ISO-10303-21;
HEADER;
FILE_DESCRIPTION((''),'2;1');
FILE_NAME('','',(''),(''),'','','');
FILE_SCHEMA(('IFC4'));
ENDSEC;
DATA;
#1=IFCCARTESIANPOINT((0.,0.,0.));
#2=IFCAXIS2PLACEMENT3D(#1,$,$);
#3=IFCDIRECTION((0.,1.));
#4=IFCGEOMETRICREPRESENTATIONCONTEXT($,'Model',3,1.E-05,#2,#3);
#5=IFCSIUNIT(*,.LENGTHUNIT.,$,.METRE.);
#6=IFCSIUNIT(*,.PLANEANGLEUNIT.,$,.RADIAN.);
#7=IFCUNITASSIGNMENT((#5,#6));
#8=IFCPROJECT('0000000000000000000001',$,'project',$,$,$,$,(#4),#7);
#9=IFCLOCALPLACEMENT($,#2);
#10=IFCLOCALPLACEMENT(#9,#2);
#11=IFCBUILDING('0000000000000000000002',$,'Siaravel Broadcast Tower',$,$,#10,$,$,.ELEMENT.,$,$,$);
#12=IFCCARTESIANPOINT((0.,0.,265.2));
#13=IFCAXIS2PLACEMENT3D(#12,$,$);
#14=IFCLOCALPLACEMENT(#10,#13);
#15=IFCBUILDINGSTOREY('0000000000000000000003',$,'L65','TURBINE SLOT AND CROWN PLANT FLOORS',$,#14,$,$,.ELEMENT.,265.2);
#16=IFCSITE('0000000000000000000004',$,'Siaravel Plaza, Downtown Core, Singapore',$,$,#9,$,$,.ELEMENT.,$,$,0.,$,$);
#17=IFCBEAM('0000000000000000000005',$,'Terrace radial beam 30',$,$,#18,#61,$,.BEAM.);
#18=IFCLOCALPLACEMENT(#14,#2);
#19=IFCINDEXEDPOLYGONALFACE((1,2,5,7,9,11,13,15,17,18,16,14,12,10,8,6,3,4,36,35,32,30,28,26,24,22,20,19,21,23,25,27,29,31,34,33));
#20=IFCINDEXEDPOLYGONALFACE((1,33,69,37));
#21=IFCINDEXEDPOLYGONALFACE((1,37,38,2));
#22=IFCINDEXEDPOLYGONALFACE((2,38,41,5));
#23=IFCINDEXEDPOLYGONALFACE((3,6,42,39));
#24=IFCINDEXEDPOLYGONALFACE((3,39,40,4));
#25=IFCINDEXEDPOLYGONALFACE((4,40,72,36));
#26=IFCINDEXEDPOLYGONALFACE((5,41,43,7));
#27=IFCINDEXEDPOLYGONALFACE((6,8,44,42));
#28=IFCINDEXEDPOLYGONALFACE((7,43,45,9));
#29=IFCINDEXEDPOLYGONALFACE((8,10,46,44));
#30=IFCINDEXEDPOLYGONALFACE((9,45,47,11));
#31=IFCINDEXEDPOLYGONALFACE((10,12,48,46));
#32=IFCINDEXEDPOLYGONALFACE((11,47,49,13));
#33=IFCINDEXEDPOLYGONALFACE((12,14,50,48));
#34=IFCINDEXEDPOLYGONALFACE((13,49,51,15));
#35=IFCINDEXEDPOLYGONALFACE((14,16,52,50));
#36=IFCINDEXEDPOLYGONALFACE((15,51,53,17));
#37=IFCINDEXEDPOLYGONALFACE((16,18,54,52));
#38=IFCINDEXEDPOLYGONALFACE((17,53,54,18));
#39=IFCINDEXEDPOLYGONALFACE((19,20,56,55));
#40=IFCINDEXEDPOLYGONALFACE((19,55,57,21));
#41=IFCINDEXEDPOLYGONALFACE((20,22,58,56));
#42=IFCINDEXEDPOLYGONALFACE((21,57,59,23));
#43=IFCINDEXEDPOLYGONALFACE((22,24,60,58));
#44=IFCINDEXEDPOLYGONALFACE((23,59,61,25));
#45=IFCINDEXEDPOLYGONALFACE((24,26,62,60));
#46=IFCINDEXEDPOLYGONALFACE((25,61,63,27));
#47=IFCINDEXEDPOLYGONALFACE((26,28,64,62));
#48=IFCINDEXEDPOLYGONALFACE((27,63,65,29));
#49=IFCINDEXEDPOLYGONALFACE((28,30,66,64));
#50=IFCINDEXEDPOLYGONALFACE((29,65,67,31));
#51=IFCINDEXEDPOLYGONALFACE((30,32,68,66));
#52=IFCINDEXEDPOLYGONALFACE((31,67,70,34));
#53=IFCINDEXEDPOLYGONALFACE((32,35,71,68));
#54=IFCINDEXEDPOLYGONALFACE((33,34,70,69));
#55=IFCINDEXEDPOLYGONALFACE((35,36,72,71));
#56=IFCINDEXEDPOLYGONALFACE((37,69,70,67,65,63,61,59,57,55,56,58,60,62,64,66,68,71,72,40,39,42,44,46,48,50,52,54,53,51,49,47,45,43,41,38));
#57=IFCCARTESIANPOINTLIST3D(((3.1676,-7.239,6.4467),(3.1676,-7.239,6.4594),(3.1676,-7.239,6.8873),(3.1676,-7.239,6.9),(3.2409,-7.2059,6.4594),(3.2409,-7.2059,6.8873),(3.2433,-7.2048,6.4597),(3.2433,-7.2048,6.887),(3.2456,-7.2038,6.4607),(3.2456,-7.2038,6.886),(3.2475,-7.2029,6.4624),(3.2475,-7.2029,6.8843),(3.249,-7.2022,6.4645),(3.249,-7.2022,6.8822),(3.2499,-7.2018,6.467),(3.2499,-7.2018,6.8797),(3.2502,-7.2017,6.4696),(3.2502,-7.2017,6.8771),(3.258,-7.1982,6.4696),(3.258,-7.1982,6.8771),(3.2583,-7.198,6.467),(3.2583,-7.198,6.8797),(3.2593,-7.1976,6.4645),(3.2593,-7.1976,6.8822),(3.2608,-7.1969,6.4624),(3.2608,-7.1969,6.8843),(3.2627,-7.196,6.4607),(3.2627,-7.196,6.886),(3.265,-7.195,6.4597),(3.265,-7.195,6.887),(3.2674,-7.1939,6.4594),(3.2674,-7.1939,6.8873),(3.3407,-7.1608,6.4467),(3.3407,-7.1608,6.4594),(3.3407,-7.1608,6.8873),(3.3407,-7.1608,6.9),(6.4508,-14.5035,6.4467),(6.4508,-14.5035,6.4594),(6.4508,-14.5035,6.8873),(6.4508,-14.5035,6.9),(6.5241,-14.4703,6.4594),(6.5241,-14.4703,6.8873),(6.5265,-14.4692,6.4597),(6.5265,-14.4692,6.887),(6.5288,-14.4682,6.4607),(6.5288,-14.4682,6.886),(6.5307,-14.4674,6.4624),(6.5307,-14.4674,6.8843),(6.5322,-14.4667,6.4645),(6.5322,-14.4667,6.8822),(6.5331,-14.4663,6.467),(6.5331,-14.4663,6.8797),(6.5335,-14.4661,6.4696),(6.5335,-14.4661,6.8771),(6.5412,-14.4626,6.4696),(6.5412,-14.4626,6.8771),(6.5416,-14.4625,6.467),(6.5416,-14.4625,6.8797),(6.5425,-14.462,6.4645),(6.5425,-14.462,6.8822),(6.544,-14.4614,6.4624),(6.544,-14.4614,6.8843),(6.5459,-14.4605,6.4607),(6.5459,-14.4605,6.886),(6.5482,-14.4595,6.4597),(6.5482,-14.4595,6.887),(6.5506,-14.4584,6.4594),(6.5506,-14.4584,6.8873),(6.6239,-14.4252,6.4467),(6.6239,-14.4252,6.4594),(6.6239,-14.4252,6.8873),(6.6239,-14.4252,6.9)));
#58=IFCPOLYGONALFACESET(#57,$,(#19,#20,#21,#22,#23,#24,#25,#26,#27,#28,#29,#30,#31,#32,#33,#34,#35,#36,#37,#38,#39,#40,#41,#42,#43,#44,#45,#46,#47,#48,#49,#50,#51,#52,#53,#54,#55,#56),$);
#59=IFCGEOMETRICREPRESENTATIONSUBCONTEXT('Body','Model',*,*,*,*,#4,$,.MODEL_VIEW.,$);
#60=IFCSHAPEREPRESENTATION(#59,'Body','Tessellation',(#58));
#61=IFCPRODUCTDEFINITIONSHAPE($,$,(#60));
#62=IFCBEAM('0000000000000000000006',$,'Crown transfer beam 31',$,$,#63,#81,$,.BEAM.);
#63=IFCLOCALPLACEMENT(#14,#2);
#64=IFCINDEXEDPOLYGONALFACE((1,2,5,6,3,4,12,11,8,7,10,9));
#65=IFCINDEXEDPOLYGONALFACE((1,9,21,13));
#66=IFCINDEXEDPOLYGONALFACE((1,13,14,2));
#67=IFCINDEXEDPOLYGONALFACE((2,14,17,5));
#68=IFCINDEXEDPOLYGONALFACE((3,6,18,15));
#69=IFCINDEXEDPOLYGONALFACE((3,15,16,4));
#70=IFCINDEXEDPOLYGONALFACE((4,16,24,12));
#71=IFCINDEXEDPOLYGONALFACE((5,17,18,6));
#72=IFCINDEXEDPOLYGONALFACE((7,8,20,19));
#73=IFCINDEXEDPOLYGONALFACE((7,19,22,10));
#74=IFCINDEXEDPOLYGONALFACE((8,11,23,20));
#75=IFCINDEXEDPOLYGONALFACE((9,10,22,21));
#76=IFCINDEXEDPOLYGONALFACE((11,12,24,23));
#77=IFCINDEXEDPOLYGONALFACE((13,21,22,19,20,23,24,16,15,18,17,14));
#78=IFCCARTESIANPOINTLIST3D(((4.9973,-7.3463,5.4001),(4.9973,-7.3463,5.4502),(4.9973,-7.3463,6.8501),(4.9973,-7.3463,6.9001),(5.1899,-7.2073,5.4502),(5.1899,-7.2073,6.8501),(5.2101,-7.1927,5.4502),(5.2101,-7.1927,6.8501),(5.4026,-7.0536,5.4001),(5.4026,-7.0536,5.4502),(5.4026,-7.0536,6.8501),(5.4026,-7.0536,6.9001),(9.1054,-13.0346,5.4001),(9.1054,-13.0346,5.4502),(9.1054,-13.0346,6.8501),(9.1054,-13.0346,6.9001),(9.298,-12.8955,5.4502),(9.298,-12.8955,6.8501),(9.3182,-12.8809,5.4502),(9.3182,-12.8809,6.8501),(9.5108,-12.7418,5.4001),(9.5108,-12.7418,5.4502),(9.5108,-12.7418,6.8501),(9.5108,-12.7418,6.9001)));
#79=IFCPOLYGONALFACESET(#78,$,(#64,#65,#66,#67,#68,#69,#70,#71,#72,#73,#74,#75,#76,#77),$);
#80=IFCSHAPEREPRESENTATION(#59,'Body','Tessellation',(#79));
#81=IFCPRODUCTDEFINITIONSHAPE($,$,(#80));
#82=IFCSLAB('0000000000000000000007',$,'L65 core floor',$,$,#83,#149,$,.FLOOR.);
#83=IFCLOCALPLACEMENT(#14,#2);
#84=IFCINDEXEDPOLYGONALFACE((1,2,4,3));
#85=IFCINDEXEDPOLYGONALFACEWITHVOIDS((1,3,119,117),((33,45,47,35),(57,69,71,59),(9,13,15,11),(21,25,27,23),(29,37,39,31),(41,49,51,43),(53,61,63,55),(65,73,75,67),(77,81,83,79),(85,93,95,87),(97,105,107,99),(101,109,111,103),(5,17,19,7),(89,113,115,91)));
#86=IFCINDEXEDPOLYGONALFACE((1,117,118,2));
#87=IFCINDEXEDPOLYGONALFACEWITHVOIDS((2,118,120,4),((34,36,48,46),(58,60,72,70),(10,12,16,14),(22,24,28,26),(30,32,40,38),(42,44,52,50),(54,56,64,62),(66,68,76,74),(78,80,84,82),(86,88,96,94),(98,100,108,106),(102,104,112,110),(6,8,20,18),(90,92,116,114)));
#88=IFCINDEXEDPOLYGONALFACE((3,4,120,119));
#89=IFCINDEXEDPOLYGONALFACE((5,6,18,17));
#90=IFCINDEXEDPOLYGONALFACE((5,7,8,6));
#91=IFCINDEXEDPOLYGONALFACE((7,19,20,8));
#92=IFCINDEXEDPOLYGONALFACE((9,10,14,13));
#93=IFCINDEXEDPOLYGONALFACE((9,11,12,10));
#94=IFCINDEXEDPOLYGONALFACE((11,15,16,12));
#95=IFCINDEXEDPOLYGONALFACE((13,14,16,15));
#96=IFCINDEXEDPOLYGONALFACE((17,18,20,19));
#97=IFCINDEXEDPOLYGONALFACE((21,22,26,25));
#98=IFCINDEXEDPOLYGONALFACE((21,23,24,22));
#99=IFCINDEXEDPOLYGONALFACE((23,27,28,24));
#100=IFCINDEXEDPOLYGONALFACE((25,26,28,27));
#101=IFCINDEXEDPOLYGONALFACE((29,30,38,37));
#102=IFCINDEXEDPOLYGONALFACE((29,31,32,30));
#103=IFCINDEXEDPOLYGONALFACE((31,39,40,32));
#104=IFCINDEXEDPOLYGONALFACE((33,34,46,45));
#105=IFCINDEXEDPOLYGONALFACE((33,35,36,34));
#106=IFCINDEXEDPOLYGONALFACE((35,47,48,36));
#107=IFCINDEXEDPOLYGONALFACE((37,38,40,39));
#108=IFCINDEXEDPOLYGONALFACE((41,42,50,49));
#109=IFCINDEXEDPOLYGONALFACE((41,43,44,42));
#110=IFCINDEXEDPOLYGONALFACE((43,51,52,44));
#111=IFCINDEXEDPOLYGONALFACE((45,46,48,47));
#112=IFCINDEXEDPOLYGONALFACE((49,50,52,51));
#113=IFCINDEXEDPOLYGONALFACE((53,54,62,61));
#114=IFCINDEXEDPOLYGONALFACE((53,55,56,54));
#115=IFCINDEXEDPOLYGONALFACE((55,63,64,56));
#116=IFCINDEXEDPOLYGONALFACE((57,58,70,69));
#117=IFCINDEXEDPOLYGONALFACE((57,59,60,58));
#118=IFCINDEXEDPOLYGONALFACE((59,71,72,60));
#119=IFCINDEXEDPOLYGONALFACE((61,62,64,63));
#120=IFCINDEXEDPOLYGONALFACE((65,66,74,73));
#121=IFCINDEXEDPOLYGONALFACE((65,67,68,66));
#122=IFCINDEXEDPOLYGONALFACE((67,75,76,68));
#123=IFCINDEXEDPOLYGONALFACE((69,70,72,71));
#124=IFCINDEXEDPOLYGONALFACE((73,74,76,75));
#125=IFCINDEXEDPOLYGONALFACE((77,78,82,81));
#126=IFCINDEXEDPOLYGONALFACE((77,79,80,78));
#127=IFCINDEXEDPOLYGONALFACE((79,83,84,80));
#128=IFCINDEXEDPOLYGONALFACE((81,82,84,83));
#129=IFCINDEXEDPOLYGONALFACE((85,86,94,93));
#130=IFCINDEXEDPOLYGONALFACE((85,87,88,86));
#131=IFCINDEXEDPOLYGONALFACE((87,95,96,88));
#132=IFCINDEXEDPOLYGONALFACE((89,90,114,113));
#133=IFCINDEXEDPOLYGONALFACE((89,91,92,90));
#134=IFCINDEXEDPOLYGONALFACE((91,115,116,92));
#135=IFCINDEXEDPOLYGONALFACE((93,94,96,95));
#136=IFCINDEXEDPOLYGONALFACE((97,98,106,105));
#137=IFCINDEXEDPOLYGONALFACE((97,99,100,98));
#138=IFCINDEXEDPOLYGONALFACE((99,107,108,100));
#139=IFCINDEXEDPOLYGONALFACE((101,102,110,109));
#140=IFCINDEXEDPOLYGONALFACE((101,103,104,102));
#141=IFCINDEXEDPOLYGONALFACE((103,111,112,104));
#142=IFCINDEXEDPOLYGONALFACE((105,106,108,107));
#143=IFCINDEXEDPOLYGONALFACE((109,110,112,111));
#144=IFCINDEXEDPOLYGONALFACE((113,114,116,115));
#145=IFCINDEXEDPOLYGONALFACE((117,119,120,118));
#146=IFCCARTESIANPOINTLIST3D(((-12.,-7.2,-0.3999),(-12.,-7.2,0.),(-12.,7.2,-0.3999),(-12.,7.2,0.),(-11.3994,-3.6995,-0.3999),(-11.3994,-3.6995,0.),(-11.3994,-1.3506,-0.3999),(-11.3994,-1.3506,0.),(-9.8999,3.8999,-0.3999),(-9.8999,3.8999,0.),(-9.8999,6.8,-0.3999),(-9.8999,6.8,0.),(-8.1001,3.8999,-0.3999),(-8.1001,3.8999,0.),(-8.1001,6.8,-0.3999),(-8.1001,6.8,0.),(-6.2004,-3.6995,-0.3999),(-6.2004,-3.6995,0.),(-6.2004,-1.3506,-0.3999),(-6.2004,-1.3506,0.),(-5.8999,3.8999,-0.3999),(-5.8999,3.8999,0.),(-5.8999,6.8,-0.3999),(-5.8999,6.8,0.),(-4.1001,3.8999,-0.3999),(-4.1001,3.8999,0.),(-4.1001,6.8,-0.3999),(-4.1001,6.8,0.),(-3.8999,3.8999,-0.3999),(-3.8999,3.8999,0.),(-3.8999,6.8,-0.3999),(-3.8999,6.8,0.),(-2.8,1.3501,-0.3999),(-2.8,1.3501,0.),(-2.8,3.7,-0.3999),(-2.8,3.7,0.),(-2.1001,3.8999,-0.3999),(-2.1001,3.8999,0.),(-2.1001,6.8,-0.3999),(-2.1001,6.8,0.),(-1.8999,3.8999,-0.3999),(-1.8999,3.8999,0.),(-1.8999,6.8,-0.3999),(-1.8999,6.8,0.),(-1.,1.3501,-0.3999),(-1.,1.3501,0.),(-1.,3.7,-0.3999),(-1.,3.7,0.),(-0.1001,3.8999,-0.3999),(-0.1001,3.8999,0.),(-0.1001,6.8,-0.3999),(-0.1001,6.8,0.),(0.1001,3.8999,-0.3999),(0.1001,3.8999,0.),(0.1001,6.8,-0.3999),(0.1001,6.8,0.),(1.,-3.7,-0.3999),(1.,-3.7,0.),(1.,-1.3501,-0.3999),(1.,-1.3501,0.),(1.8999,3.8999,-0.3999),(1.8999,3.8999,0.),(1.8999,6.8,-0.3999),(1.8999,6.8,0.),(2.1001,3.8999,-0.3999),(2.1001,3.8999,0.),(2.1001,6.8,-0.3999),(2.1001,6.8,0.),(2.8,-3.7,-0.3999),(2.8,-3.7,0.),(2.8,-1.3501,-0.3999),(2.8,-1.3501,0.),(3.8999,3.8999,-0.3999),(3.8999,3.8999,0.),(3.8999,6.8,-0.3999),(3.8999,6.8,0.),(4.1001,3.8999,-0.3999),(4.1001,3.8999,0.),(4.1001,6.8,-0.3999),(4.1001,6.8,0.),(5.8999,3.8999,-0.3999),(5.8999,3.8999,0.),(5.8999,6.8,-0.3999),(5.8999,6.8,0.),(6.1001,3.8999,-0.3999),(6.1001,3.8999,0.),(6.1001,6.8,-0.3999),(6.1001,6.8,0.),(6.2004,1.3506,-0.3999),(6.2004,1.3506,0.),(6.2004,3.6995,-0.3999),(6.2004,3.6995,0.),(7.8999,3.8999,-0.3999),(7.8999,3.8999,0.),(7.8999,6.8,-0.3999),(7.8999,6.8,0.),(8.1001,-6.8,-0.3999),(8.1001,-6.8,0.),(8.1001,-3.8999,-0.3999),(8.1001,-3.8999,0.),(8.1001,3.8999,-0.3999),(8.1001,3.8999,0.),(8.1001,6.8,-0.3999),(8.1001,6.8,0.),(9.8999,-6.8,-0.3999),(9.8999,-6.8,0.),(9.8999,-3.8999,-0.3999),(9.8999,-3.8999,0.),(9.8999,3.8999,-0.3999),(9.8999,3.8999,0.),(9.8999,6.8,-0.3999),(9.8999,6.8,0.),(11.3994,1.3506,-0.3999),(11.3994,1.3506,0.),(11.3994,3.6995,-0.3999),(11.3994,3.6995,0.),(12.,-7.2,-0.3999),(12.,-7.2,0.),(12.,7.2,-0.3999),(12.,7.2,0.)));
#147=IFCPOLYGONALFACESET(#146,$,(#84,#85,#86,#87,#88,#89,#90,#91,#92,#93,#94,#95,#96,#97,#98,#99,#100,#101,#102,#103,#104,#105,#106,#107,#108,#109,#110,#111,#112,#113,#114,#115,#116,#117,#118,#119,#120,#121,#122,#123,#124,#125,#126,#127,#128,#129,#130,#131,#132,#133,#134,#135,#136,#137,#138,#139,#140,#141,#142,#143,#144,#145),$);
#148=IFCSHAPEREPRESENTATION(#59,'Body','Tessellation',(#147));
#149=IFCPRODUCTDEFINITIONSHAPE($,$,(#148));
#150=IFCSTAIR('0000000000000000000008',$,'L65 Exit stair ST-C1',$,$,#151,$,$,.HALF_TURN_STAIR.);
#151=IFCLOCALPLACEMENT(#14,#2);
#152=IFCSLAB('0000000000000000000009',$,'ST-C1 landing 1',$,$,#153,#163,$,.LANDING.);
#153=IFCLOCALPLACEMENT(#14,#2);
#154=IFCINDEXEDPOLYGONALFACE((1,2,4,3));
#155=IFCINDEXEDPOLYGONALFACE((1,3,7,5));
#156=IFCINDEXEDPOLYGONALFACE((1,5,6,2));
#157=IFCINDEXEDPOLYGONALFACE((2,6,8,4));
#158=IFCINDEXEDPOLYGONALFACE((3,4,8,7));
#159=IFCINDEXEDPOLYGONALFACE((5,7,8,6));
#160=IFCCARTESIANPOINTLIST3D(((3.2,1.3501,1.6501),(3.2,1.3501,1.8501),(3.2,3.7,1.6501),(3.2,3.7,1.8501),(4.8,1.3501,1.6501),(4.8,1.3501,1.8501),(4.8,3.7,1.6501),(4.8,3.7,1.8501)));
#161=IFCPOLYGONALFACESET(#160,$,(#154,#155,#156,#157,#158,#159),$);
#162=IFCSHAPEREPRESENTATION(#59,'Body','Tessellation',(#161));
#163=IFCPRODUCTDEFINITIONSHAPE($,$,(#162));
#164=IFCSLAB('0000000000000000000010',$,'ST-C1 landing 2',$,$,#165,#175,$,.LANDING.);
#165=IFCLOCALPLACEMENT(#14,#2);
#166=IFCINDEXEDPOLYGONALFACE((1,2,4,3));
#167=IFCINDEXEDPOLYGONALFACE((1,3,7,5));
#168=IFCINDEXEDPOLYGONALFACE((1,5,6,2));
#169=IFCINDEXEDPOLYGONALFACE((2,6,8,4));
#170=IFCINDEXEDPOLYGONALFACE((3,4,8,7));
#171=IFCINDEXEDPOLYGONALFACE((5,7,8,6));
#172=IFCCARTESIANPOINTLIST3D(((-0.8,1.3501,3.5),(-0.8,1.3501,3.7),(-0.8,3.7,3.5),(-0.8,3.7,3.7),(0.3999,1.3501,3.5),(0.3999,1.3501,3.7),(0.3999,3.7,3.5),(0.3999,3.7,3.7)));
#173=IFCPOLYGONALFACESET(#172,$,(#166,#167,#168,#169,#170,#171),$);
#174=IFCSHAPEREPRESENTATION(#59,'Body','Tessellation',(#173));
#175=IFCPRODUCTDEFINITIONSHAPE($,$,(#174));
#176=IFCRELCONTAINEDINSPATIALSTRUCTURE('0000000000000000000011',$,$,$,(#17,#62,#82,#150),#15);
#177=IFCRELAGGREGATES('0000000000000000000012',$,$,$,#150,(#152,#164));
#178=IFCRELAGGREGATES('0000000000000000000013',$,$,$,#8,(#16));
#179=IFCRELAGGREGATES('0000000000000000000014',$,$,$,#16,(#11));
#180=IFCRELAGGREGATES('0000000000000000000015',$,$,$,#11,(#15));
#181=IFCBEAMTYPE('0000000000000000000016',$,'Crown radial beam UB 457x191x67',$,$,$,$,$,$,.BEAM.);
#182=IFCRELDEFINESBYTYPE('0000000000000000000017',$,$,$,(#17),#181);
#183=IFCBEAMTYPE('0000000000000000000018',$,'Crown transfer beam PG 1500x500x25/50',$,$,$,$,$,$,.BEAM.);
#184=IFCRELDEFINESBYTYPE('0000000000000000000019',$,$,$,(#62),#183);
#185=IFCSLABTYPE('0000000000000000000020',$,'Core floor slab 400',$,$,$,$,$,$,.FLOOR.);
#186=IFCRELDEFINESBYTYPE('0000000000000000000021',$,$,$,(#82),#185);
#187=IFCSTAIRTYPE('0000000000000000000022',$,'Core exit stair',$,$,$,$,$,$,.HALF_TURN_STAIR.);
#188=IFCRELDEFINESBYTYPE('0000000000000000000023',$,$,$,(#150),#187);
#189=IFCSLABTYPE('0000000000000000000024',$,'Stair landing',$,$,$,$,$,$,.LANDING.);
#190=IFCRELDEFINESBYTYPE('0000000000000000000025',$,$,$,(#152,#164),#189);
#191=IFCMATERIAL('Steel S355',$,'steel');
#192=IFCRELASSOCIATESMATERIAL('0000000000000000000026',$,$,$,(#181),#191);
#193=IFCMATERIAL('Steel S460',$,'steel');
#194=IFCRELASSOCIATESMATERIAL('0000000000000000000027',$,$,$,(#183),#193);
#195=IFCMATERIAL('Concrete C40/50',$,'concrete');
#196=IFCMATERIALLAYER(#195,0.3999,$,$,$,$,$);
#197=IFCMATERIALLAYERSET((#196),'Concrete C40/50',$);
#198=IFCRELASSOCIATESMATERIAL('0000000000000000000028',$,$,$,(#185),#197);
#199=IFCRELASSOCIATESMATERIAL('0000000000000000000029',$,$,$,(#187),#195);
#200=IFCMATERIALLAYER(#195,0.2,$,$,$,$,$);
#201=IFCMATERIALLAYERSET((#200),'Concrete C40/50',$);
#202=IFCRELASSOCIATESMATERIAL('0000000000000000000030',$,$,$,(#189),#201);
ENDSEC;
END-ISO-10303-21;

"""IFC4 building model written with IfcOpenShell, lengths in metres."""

from ifc_helpers import new_model, si_unit, direction, frame, origin, origin_2d, place, context, subcontext, project, spatial, polyline, i_section, outline, extrude, material, layer, layer_set, material_profile, profile_set, type_object, element, aggregate, save


model = new_model("IFC4")

# Units and contexts
model_context = context("Model", 3, precision=1e-05, world=origin(), true_north=direction((0.0, 1.0)))
body_context = subcontext(model_context, "Body", "Model", "MODEL_VIEW")
ifc_project = project(units=[si_unit("LENGTHUNIT", "METRE"), si_unit("PLANEANGLEUNIT", "RADIAN")], contexts=[model_context])

# Site, building, storey
site_placement = place(None, origin())
site = spatial("IfcSite", under=ifc_project, at=site_placement, Name="Siaravel Plaza, Downtown Core, Singapore", CompositionType="ELEMENT", RefElevation=0.0)
building_placement = place(site_placement, origin())
building = spatial("IfcBuilding", under=site, at=building_placement, Name="Siaravel Broadcast Tower", CompositionType="ELEMENT")
storey_placement = place(building_placement, frame((0.0, 0.0, 265.2)))
storey = spatial("IfcBuildingStorey", under=building, at=storey_placement, Name="L65", Description="TURBINE SLOT AND CROWN PLANT FLOORS", CompositionType="ELEMENT", Elevation=265.2)

# Beams
ifc_material_1 = material(Name="Steel S355", Category="steel")
ifc_material_profile_1 = material_profile(ifc_material_1, i_section(OverallWidth=0.1899, OverallDepth=0.4534, WebThickness=0.0085, FlangeThickness=0.0127, FilletRadius=0.0103, at=origin_2d()))
ifc_profile_set_1 = profile_set([ifc_material_profile_1], Name="Steel S355")
beam_type_1 = type_object("IfcBeamType", Name="Crown radial beam UB 457x191x67", PredefinedType="BEAM", material=ifc_profile_set_1)
beam_1_placement = place(storey_placement, frame((6.5374, -14.4644, 6.6733), z_axis=(-0.411848, 0.911253, 0.0), x_axis=(-0.911253, -0.411848, 0.0)))
element("IfcBeam", 1, at=beam_1_placement, inside=storey, type_object=beam_type_1, Name="Terrace radial beam 30", PredefinedType="BEAM", context=body_context, shape_type="SweptSolid", body=[
    extrude(i_section(OverallWidth=0.1899, OverallDepth=0.4534, WebThickness=0.0085, FlangeThickness=0.0127, FilletRadius=0.0103, at=origin_2d()), origin(), (0.0, 0.0, 1.0), 7.9719),
])
ifc_material_2 = material(Name="Steel S460", Category="steel")
ifc_material_profile_2 = material_profile(ifc_material_2, i_section(OverallWidth=0.5, OverallDepth=1.5, WebThickness=0.0249, FlangeThickness=0.05, at=origin_2d()))
ifc_profile_set_2 = profile_set([ifc_material_profile_2], Name="Steel S460")
beam_type_2 = type_object("IfcBeamType", Name="Crown transfer beam PG 1500x500x25/50", PredefinedType="BEAM", material=ifc_profile_set_2)
beam_2_placement = place(storey_placement, frame((9.3081, -12.8882, 6.1501), z_axis=(-0.585489, 0.81068, 0.0), x_axis=(-0.81068, -0.585489, 0.0)))
element("IfcBeam", 2, at=beam_2_placement, inside=storey, type_object=beam_type_2, Name="Crown transfer beam 31", PredefinedType="BEAM", context=body_context, shape_type="SweptSolid", body=[
    extrude(i_section(OverallWidth=0.5, OverallDepth=1.5, WebThickness=0.0249, FlangeThickness=0.05, at=origin_2d()), origin(), (0.0, 0.0, 1.0), 7.0166),
])

# Slab
ifc_material_3 = material(Name="Concrete C40/50", Category="concrete")
ifc_layer_1 = layer(ifc_material_3, 0.3999)
ifc_layer_set_1 = layer_set([ifc_layer_1], Name="Concrete C40/50")
slab_type_1 = type_object("IfcSlabType", Name="Core floor slab 400", PredefinedType="FLOOR", material=ifc_layer_set_1)
slab_1_placement = place(storey_placement, frame((0.0, 0.0, -0.3999)))
element("IfcSlab", 3, at=slab_1_placement, inside=storey, type_object=slab_type_1, Name="L65 core floor", PredefinedType="FLOOR", context=body_context, shape_type="SweptSolid", body=[
    extrude(outline(polyline([(-12.0, -7.2), (-12.0, 7.2), (12.0, 7.2), (12.0, -7.2), (-12.0, -7.2)]), holes=[polyline([(11.3994, 1.3506), (11.3994, 3.6995), (6.2004, 3.6995), (6.2004, 1.3506), (11.3994, 1.3506)]), polyline([(8.1001, -3.8999), (8.1001, -6.8), (9.8999, -6.8), (9.8999, -3.8999), (8.1001, -3.8999)]), polyline([(9.8999, 6.8), (8.1001, 6.8), (8.1001, 3.8999), (9.8999, 3.8999), (9.8999, 6.8)]), polyline([(7.8999, 6.8), (6.1001, 6.8), (6.1001, 3.8999), (7.8999, 3.8999), (7.8999, 6.8)]), polyline([(5.8999, 6.8), (4.1001, 6.8), (4.1001, 3.8999), (5.8999, 3.8999), (5.8999, 6.8)]), polyline([(3.8999, 6.8), (2.1001, 6.8), (2.1001, 3.8999), (3.8999, 3.8999), (3.8999, 6.8)]), polyline([(2.8, -1.3501), (1.0, -1.3501), (1.0, -3.7), (2.8, -3.7), (2.8, -1.3501)]), polyline([(1.8999, 6.8), (0.1001, 6.8), (0.1001, 3.8999), (1.8999, 3.8999), (1.8999, 6.8)]), polyline([(-0.1001, 6.8), (-1.8999, 6.8), (-1.8999, 3.8999), (-0.1001, 3.8999), (-0.1001, 6.8)]), polyline([(-1.0, 3.7), (-2.8, 3.7), (-2.8, 1.3501), (-1.0, 1.3501), (-1.0, 3.7)]), polyline([(-2.1001, 6.8), (-3.8999, 6.8), (-3.8999, 3.8999), (-2.1001, 3.8999), (-2.1001, 6.8)]), polyline([(-4.1001, 6.8), (-5.8999, 6.8), (-5.8999, 3.8999), (-4.1001, 3.8999), (-4.1001, 6.8)]), polyline([(-11.3994, -3.6995), (-6.2004, -3.6995), (-6.2004, -1.3506), (-11.3994, -1.3506), (-11.3994, -3.6995)]), polyline([(-8.1001, 6.8), (-9.8999, 6.8), (-9.8999, 3.8999), (-8.1001, 3.8999), (-8.1001, 6.8)])]), origin(), (0.0, 0.0, 1.0), 0.3999),
])

# Stair, slabs
stair_type = type_object("IfcStairType", Name="Core exit stair", PredefinedType="HALF_TURN_STAIR", material=ifc_material_3)
stair_1_placement = place(storey_placement, origin())
stair_1 = element("IfcStair", 4, at=stair_1_placement, inside=storey, type_object=stair_type, Name="L65 Exit stair ST-C1", PredefinedType="HALF_TURN_STAIR")
ifc_layer_2 = layer(ifc_material_3, 0.2)
ifc_layer_set_2 = layer_set([ifc_layer_2], Name="Concrete C40/50")
slab_type_2 = type_object("IfcSlabType", Name="Stair landing", PredefinedType="LANDING", material=ifc_layer_set_2)
slab_2_placement = place(storey_placement, frame((0.0, 0.0, 1.6501)))
slab_2 = element("IfcSlab", 5, at=slab_2_placement, type_object=slab_type_2, Name="ST-C1 landing 1", PredefinedType="LANDING", context=body_context, shape_type="SweptSolid", body=[
    extrude(outline(polyline([(3.2, 1.3501), (4.8, 1.3501), (4.8, 3.7), (3.2, 3.7), (3.2, 1.3501)])), origin(), (0.0, 0.0, 1.0), 0.2),
])
slab_3_placement = place(storey_placement, frame((0.0, 0.0, 3.5)))
slab_3 = element("IfcSlab", 6, at=slab_3_placement, type_object=slab_type_2, Name="ST-C1 landing 2", PredefinedType="LANDING", context=body_context, shape_type="SweptSolid", body=[
    extrude(outline(polyline([(-0.8, 1.3501), (0.3999, 1.3501), (0.3999, 3.7), (-0.8, 3.7), (-0.8, 1.3501)])), origin(), (0.0, 0.0, 1.0), 0.2),
])
aggregate(stair_1, [slab_2, slab_3])

save(model, "model.ifc")
